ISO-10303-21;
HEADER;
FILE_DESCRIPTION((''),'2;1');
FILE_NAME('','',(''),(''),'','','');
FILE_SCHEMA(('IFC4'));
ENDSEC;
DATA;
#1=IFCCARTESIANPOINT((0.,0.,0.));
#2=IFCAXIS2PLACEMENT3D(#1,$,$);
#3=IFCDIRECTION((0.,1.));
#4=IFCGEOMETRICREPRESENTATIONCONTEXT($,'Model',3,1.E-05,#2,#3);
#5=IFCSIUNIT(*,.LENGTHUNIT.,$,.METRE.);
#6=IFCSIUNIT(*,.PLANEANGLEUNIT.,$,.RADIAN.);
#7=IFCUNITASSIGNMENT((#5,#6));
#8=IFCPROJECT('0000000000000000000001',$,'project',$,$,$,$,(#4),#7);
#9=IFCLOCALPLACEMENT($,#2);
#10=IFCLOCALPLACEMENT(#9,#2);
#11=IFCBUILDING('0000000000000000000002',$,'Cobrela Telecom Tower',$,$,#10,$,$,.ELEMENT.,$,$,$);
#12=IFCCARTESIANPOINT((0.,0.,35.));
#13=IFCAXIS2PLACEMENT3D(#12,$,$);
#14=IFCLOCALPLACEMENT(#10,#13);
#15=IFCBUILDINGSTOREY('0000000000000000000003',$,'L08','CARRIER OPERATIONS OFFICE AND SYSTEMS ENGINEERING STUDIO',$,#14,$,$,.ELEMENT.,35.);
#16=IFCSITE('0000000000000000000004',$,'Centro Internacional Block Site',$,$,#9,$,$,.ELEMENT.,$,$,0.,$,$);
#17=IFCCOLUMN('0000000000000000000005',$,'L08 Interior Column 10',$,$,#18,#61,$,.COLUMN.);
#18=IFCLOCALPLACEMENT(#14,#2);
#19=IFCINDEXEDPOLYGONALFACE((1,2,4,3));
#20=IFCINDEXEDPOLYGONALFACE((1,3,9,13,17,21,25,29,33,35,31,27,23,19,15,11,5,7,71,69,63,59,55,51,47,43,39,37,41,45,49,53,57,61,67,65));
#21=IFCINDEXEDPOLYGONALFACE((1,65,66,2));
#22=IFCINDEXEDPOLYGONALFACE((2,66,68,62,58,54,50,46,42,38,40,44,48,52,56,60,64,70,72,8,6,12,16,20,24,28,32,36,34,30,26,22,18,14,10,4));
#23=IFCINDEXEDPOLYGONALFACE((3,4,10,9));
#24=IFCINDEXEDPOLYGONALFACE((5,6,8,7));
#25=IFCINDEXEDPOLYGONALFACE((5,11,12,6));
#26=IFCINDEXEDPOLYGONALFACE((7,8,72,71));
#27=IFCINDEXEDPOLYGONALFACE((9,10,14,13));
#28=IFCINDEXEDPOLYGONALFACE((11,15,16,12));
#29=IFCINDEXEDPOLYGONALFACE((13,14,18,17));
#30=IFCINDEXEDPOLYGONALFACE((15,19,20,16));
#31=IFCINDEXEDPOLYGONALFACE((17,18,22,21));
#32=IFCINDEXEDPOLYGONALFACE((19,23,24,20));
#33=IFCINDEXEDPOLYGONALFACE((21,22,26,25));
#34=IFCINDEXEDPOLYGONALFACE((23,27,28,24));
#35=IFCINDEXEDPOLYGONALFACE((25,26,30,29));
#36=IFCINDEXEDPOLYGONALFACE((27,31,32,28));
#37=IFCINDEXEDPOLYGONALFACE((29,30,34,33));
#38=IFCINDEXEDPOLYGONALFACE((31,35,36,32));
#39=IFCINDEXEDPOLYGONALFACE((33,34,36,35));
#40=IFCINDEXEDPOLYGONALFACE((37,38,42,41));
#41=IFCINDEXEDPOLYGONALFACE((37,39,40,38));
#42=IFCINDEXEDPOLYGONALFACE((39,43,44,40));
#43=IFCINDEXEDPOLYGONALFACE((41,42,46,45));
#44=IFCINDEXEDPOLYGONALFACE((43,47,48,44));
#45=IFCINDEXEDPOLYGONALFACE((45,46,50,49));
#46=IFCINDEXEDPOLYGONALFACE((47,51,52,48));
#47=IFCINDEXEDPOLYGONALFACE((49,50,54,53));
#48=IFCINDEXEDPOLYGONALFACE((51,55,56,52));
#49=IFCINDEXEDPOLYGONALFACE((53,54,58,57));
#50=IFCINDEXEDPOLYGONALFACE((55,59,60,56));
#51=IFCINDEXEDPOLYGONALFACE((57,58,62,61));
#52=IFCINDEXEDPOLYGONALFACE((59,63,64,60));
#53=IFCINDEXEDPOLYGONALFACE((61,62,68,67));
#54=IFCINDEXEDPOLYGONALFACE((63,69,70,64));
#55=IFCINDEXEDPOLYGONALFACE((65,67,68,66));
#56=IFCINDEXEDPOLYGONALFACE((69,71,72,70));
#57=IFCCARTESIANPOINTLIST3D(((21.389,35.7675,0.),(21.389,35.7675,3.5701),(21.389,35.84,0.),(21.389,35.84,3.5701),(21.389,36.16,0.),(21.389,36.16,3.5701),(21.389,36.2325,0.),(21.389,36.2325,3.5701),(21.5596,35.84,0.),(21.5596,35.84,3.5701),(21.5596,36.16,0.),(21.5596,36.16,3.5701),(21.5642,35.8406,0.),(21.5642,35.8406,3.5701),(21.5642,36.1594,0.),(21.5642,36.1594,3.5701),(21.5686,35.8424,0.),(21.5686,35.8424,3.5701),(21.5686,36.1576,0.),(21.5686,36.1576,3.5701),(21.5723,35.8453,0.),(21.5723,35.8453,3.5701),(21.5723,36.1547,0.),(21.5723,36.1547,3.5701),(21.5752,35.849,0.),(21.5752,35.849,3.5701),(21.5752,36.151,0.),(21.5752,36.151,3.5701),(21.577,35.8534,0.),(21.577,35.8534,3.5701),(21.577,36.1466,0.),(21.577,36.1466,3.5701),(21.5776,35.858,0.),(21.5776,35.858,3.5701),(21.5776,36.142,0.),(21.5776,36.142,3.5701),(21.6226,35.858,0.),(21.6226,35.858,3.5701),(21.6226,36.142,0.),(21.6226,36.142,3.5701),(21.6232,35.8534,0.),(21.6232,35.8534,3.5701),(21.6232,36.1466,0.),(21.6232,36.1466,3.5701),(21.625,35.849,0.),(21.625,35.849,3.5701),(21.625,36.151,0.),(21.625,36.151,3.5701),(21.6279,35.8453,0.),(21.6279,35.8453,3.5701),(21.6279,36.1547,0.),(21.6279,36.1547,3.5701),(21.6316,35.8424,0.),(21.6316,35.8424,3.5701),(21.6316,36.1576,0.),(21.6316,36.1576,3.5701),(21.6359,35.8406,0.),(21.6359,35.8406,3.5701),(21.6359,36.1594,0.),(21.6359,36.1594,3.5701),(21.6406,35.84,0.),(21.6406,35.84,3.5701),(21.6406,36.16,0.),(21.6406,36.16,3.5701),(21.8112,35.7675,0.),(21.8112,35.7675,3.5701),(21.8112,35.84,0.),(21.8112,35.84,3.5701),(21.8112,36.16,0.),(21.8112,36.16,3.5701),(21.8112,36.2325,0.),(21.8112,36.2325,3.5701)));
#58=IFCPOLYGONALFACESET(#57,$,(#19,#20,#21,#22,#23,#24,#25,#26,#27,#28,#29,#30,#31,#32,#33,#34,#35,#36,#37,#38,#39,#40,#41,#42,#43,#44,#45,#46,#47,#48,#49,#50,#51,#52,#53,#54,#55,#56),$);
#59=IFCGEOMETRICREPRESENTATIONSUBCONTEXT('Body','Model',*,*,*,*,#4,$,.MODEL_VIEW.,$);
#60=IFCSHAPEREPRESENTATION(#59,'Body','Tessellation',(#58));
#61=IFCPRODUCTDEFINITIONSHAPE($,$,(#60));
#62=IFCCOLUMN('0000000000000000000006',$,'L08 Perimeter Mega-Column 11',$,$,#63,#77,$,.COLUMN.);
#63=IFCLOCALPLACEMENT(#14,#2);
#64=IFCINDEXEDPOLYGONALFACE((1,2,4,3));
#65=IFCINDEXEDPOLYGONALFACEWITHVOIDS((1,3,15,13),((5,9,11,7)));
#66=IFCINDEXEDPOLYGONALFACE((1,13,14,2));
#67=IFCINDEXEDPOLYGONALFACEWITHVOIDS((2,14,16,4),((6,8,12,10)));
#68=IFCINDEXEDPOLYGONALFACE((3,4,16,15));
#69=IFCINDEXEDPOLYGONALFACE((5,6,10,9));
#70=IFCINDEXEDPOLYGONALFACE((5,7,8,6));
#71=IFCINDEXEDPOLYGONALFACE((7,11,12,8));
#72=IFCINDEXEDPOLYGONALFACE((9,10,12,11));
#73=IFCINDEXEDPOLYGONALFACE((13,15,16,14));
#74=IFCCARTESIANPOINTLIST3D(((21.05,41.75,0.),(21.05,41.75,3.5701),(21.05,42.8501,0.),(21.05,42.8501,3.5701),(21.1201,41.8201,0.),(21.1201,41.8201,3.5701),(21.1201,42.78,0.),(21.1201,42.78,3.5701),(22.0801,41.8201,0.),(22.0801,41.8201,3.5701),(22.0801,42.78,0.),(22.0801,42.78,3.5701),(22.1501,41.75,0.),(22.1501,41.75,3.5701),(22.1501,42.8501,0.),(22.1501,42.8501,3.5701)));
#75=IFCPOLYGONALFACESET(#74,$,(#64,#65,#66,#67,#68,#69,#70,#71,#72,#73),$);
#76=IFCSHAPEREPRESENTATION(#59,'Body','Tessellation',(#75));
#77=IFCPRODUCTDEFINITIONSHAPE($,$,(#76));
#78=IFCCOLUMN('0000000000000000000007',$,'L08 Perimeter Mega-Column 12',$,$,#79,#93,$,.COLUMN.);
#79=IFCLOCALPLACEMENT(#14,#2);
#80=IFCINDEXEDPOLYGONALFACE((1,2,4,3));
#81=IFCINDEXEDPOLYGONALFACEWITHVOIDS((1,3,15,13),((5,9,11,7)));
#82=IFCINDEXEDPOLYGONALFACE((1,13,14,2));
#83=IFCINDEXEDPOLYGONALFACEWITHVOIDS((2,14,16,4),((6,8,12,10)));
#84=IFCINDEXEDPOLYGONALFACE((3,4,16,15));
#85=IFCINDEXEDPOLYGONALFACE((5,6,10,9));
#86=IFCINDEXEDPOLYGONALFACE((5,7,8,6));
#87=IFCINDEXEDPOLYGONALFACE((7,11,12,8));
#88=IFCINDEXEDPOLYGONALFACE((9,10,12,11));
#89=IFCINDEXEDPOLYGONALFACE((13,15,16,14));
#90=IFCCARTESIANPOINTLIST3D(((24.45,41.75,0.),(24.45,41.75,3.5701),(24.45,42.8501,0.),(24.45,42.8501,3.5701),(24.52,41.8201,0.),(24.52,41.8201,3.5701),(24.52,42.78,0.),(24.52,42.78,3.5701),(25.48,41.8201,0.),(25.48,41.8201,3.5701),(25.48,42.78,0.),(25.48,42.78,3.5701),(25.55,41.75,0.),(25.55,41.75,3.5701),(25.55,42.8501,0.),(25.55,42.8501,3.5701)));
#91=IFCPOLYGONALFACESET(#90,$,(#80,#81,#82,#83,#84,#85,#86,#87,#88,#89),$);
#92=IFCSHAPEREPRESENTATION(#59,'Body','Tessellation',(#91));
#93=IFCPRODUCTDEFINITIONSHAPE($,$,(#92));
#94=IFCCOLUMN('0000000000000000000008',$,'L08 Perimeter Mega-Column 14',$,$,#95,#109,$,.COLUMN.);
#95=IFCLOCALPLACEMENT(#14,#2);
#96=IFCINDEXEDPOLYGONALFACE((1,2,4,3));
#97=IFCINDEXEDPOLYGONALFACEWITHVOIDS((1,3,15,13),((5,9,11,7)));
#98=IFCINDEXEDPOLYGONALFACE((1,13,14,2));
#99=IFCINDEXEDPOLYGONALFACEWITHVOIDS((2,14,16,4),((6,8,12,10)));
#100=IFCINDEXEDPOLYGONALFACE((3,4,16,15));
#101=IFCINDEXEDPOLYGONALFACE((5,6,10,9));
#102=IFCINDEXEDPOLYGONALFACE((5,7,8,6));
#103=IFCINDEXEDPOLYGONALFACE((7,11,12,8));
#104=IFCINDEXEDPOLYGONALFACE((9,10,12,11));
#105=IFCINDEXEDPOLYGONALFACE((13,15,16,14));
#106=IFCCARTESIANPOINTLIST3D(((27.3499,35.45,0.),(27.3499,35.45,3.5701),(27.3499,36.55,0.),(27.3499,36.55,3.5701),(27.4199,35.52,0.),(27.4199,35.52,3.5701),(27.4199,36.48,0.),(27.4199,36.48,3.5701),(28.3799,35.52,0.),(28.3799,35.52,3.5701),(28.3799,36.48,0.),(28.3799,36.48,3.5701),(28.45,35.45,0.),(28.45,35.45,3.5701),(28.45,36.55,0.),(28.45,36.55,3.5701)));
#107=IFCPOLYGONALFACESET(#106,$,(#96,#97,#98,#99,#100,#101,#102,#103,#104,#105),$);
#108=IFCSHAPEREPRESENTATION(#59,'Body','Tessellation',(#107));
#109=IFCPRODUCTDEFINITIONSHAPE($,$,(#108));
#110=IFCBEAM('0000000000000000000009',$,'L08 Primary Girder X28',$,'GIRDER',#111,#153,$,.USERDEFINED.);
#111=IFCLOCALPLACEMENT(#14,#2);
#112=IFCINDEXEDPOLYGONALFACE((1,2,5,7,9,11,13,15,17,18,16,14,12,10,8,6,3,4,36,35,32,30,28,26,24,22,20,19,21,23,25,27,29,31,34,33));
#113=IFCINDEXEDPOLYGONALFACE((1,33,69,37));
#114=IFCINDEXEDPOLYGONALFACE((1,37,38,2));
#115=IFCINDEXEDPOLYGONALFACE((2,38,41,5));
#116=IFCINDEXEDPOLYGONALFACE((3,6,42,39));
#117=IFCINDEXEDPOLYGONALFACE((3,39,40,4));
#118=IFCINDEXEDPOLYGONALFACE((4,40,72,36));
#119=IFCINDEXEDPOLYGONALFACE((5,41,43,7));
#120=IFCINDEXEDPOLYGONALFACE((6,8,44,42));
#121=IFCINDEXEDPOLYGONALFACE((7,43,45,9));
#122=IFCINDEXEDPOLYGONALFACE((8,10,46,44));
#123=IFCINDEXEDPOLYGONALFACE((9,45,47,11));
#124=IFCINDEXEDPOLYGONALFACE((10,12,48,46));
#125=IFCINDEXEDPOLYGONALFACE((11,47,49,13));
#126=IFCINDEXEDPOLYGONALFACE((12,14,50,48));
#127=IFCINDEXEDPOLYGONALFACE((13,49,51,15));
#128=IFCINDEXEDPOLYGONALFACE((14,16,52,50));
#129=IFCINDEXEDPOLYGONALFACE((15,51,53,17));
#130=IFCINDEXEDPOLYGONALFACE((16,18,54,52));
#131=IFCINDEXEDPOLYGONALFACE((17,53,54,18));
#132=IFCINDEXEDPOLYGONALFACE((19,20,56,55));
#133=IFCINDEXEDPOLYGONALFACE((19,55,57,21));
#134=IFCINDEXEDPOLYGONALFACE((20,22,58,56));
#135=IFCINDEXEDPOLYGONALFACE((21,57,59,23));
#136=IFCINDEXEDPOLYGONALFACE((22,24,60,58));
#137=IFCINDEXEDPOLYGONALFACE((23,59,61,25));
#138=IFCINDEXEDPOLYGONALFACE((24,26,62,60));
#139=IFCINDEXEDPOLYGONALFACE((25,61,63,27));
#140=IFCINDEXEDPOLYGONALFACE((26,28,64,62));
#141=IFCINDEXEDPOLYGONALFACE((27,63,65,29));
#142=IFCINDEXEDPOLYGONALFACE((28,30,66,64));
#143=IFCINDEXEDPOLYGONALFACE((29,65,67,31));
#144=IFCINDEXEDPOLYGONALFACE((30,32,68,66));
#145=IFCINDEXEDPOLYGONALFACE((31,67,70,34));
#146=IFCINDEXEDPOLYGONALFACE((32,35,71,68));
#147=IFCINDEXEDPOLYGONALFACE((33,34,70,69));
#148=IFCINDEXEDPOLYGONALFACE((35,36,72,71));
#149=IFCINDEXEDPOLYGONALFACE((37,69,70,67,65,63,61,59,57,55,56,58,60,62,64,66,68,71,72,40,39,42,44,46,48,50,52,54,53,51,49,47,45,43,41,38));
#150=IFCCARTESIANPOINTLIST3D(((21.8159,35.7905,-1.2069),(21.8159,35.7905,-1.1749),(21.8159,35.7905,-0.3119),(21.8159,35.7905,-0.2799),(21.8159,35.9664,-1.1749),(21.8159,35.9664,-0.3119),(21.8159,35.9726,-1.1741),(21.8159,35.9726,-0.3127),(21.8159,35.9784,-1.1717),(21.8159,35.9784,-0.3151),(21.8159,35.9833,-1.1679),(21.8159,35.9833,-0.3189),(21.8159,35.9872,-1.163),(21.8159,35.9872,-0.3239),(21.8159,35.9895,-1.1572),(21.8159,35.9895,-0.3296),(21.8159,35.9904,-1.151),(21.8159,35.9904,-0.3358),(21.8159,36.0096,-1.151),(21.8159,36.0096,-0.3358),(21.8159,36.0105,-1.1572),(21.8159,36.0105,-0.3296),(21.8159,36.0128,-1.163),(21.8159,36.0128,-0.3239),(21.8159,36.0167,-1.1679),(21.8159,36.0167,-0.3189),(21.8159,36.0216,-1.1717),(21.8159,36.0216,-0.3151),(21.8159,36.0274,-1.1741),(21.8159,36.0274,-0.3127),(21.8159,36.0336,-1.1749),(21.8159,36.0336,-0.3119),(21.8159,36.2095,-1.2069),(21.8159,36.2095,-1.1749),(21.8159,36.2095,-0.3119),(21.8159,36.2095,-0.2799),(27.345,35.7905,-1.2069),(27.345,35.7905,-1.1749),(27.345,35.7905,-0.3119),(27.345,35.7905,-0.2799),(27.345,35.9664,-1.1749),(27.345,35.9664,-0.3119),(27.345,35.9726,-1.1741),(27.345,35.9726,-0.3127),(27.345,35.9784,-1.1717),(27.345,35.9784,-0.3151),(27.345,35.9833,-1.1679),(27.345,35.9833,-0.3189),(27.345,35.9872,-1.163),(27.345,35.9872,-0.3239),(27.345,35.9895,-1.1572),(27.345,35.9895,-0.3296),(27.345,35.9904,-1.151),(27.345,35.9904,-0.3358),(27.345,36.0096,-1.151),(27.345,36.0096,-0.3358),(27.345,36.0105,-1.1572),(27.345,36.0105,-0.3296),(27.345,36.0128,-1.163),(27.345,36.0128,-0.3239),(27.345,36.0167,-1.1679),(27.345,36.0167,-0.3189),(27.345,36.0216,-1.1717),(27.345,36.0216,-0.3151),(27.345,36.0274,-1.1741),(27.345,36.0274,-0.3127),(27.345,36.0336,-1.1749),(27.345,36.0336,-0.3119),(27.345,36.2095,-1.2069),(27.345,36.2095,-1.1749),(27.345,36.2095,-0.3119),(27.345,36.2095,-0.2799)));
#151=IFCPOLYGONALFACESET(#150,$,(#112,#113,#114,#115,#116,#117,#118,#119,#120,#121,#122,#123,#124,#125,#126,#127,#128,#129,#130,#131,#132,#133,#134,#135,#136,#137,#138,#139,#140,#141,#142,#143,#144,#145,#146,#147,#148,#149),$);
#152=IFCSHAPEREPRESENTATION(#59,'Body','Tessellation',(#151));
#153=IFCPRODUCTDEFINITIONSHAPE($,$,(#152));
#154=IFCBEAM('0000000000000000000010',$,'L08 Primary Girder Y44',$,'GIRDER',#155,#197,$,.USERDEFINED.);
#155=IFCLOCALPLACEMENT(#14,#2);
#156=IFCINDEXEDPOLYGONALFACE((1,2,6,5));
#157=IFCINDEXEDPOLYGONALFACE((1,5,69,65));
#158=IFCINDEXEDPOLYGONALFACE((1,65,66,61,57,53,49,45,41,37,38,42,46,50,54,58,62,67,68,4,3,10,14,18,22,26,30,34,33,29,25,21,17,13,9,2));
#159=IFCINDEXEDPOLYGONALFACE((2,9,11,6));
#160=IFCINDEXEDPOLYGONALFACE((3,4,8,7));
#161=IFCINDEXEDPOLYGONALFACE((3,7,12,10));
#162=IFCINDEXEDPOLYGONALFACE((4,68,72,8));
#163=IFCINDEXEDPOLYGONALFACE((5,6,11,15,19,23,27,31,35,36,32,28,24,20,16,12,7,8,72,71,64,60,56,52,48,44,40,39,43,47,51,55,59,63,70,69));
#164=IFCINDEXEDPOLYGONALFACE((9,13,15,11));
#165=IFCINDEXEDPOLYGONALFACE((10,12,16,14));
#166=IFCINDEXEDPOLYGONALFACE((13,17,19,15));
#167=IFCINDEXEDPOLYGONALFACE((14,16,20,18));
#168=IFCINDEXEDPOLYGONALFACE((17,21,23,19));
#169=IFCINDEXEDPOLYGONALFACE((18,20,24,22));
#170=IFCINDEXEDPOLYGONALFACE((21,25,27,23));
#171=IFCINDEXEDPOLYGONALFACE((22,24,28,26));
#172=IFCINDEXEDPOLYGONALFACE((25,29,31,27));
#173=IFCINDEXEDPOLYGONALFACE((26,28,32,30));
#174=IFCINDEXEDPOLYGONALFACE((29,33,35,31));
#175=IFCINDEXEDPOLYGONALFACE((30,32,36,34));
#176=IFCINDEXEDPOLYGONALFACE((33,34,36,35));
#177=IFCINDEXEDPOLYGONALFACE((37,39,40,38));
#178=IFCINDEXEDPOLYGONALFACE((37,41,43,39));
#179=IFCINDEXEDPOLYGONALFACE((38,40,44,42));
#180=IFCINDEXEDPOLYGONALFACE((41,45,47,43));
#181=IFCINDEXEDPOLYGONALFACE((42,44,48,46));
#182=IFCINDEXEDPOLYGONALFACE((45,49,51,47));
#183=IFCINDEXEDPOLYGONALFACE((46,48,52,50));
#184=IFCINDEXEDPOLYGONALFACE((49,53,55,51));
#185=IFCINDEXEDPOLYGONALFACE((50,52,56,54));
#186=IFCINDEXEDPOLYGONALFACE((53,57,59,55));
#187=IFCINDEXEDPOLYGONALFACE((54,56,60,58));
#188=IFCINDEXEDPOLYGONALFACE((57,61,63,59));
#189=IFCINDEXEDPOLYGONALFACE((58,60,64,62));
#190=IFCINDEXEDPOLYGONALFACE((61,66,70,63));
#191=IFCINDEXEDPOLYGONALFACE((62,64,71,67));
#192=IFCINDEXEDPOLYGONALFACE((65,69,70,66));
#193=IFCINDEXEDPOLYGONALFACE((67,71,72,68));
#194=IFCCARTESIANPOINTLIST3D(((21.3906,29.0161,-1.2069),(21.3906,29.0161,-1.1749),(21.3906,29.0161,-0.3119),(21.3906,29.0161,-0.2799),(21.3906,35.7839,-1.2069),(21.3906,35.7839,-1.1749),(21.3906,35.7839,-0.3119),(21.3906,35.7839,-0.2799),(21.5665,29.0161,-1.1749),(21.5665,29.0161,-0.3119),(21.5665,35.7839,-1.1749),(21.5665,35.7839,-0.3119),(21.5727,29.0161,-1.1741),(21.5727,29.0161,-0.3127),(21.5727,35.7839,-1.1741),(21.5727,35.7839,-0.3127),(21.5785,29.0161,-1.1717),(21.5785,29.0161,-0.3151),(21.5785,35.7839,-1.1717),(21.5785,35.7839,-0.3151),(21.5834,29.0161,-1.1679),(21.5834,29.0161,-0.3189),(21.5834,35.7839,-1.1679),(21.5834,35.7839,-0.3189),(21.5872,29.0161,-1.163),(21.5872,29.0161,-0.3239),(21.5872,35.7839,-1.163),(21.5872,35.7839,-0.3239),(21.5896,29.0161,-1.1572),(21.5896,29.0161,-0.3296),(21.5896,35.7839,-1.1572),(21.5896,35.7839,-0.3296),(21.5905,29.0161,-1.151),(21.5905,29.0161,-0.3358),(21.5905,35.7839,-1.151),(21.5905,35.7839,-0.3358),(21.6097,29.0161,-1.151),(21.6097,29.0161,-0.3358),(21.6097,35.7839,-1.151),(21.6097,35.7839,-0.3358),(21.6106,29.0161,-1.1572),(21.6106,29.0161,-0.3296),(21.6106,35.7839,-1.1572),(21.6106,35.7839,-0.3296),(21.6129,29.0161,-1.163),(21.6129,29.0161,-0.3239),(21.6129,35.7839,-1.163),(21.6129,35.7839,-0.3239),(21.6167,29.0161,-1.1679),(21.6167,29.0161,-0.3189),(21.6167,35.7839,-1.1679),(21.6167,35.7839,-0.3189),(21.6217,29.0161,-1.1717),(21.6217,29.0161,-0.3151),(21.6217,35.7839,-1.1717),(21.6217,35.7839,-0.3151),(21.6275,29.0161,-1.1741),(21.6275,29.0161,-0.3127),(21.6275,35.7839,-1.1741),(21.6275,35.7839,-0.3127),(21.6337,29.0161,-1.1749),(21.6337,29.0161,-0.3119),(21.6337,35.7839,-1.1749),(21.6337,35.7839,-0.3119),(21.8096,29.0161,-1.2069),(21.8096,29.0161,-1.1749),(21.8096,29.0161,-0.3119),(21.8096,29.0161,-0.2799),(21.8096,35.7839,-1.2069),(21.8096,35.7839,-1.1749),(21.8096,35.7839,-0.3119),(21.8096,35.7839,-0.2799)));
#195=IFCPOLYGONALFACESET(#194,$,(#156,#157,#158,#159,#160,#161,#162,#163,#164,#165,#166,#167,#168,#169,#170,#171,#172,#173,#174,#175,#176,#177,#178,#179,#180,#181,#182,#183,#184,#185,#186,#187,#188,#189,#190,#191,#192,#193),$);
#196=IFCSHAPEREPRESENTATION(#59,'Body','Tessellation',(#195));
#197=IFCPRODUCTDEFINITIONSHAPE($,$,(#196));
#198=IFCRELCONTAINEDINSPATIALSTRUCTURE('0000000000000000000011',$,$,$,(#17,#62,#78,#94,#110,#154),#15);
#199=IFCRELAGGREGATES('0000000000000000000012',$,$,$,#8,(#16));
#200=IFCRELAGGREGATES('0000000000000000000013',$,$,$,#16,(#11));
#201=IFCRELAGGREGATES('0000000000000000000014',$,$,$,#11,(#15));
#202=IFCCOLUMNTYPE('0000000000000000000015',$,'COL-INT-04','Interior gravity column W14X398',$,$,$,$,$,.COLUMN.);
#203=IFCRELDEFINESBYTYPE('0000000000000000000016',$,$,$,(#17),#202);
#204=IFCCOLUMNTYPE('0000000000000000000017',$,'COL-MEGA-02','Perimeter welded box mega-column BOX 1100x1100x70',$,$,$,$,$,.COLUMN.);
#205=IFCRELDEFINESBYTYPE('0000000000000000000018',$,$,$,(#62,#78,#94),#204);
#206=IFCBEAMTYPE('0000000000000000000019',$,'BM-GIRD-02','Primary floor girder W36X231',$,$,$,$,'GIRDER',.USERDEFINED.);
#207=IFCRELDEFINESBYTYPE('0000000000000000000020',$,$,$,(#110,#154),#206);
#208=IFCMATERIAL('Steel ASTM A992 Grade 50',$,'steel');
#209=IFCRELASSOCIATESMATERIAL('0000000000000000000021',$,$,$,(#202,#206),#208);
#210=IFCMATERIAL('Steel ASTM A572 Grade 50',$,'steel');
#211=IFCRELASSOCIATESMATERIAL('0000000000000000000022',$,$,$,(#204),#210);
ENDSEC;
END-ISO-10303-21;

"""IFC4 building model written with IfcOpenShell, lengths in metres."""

from ifc_helpers import new_model, si_unit, direction, frame, origin, origin_2d, place, context, subcontext, project, spatial, hollow_rectangle, i_section, extrude, material, material_profile, profile_set, type_object, element, save


model = new_model("IFC4")

# Units and contexts
model_context = context("Model", 3, precision=1e-05, world=origin(), true_north=direction((0.0, 1.0)))
body_context = subcontext(model_context, "Body", "Model", "MODEL_VIEW")
ifc_project = project(units=[si_unit("LENGTHUNIT", "METRE"), si_unit("PLANEANGLEUNIT", "RADIAN")], contexts=[model_context])

# Site, building, storey
site_placement = place(None, origin())
site = spatial("IfcSite", under=ifc_project, at=site_placement, Name="Centro Internacional Block Site", CompositionType="ELEMENT", RefElevation=0.0)
building_placement = place(site_placement, origin())
building = spatial("IfcBuilding", under=site, at=building_placement, Name="Cobrela Telecom Tower", CompositionType="ELEMENT")
storey_placement = place(building_placement, frame((0.0, 0.0, 35.0)))
storey = spatial("IfcBuildingStorey", under=building, at=storey_placement, Name="L08", Description="CARRIER OPERATIONS OFFICE AND SYSTEMS ENGINEERING STUDIO", CompositionType="ELEMENT", Elevation=35.0)

# Columns
ifc_material_1 = material(Name="Steel ASTM A992 Grade 50", Category="steel")
ifc_material_profile_1 = material_profile(ifc_material_1, i_section(OverallWidth=0.4221, OverallDepth=0.4651, WebThickness=0.0449, FlangeThickness=0.0725, FilletRadius=0.0181, at=origin_2d()), Name="W14X398")
ifc_profile_set_1 = profile_set([ifc_material_profile_1], Name="Steel ASTM A992 Grade 50")
column_type_1 = type_object("IfcColumnType", Name="COL-INT-04", Description="Interior gravity column W14X398", PredefinedType="COLUMN", material=ifc_profile_set_1)
column_placement = place(storey_placement, frame((21.6001, 36.0, 0.0), z_axis=(0.0, 0.0, 1.0), x_axis=(1.0, 0.0, 0.0)))
element("IfcColumn", 1, at=column_placement, inside=storey, type_object=column_type_1, Name="L08 Interior Column 10", PredefinedType="COLUMN", context=body_context, shape_type="SweptSolid", body=[
    extrude(i_section(OverallWidth=0.4221, OverallDepth=0.4651, WebThickness=0.0449, FlangeThickness=0.0725, FilletRadius=0.0181, at=origin_2d()), origin(), (0.0, 0.0, 1.0), 3.5701),
])
ifc_material_2 = material(Name="Steel ASTM A572 Grade 50", Category="steel")
ifc_material_profile_2 = material_profile(ifc_material_2, hollow_rectangle(XDim=1.1001, YDim=1.1001, WallThickness=0.0701, at=origin_2d()), Name="BOX 1100x1100x70")
ifc_profile_set_2 = profile_set([ifc_material_profile_2], Name="Steel ASTM A572 Grade 50")
column_type_2 = type_object("IfcColumnType", Name="COL-MEGA-02", Description="Perimeter welded box mega-column BOX 1100x1100x70", PredefinedType="COLUMN", material=ifc_profile_set_2)
for number, where, z_axis, x_axis, name in (
    (2, (21.6001, 42.3, 0.0), (0.0, 0.0, 1.0), (1.0, 0.0, 0.0), "L08 Perimeter Mega-Column 11"),
    (3, (25.0, 42.3, 0.0), (0.0, 0.0, 1.0), (1.0, 0.0, 0.0), "L08 Perimeter Mega-Column 12"),
    (4, (27.8999, 36.0, 0.0), (0.0, 0.0, 1.0), (1.0, 0.0, 0.0), "L08 Perimeter Mega-Column 14"),
):
    element("IfcColumn", number, at=place(storey_placement, frame(where, z_axis=z_axis, x_axis=x_axis)), inside=storey, type_object=column_type_2, Name=name, PredefinedType="COLUMN", context=body_context, shape_type="SweptSolid", body=[
        extrude(hollow_rectangle(XDim=1.1001, YDim=1.1001, WallThickness=0.0701, at=origin_2d()), origin(), (0.0, 0.0, 1.0), 3.5701),
    ])

# Beams
ifc_material_profile_3 = material_profile(ifc_material_1, i_section(OverallWidth=0.4189, OverallDepth=0.927, WebThickness=0.0193, FlangeThickness=0.032, FilletRadius=0.0239, at=origin_2d()), Name="W36X231")
ifc_profile_set_3 = profile_set([ifc_material_profile_3], Name="Steel ASTM A992 Grade 50")
beam_type_1 = type_object("IfcBeamType", Name="BM-GIRD-02", Description="Primary floor girder W36X231", ElementType="GIRDER", PredefinedType="USERDEFINED", material=ifc_profile_set_3)
beam_1_placement = place(storey_placement, frame((21.8159, 36.0, -0.7434), z_axis=(1.0, 0.0, 0.0), x_axis=(0.0, 1.0, 0.0)))
element("IfcBeam", 5, at=beam_1_placement, inside=storey, type_object=beam_type_1, Name="L08 Primary Girder X28", ObjectType="GIRDER", PredefinedType="USERDEFINED", context=body_context, shape_type="SweptSolid", body=[
    extrude(i_section(OverallWidth=0.4189, OverallDepth=0.927, WebThickness=0.0193, FlangeThickness=0.032, FilletRadius=0.0239, at=origin_2d()), origin(), (0.0, 0.0, 1.0), 5.5291),
])
beam_2_placement = place(storey_placement, frame((21.6001, 29.0161, -0.7434), z_axis=(0.0, 1.0, 0.0), x_axis=(-1.0, 0.0, 0.0)))
element("IfcBeam", 6, at=beam_2_placement, inside=storey, type_object=beam_type_1, Name="L08 Primary Girder Y44", ObjectType="GIRDER", PredefinedType="USERDEFINED", context=body_context, shape_type="SweptSolid", body=[
    extrude(i_section(OverallWidth=0.4189, OverallDepth=0.927, WebThickness=0.0193, FlangeThickness=0.032, FilletRadius=0.0239, at=origin_2d()), origin(), (0.0, 0.0, 1.0), 6.7678),
])

save(model, "model.ifc")
